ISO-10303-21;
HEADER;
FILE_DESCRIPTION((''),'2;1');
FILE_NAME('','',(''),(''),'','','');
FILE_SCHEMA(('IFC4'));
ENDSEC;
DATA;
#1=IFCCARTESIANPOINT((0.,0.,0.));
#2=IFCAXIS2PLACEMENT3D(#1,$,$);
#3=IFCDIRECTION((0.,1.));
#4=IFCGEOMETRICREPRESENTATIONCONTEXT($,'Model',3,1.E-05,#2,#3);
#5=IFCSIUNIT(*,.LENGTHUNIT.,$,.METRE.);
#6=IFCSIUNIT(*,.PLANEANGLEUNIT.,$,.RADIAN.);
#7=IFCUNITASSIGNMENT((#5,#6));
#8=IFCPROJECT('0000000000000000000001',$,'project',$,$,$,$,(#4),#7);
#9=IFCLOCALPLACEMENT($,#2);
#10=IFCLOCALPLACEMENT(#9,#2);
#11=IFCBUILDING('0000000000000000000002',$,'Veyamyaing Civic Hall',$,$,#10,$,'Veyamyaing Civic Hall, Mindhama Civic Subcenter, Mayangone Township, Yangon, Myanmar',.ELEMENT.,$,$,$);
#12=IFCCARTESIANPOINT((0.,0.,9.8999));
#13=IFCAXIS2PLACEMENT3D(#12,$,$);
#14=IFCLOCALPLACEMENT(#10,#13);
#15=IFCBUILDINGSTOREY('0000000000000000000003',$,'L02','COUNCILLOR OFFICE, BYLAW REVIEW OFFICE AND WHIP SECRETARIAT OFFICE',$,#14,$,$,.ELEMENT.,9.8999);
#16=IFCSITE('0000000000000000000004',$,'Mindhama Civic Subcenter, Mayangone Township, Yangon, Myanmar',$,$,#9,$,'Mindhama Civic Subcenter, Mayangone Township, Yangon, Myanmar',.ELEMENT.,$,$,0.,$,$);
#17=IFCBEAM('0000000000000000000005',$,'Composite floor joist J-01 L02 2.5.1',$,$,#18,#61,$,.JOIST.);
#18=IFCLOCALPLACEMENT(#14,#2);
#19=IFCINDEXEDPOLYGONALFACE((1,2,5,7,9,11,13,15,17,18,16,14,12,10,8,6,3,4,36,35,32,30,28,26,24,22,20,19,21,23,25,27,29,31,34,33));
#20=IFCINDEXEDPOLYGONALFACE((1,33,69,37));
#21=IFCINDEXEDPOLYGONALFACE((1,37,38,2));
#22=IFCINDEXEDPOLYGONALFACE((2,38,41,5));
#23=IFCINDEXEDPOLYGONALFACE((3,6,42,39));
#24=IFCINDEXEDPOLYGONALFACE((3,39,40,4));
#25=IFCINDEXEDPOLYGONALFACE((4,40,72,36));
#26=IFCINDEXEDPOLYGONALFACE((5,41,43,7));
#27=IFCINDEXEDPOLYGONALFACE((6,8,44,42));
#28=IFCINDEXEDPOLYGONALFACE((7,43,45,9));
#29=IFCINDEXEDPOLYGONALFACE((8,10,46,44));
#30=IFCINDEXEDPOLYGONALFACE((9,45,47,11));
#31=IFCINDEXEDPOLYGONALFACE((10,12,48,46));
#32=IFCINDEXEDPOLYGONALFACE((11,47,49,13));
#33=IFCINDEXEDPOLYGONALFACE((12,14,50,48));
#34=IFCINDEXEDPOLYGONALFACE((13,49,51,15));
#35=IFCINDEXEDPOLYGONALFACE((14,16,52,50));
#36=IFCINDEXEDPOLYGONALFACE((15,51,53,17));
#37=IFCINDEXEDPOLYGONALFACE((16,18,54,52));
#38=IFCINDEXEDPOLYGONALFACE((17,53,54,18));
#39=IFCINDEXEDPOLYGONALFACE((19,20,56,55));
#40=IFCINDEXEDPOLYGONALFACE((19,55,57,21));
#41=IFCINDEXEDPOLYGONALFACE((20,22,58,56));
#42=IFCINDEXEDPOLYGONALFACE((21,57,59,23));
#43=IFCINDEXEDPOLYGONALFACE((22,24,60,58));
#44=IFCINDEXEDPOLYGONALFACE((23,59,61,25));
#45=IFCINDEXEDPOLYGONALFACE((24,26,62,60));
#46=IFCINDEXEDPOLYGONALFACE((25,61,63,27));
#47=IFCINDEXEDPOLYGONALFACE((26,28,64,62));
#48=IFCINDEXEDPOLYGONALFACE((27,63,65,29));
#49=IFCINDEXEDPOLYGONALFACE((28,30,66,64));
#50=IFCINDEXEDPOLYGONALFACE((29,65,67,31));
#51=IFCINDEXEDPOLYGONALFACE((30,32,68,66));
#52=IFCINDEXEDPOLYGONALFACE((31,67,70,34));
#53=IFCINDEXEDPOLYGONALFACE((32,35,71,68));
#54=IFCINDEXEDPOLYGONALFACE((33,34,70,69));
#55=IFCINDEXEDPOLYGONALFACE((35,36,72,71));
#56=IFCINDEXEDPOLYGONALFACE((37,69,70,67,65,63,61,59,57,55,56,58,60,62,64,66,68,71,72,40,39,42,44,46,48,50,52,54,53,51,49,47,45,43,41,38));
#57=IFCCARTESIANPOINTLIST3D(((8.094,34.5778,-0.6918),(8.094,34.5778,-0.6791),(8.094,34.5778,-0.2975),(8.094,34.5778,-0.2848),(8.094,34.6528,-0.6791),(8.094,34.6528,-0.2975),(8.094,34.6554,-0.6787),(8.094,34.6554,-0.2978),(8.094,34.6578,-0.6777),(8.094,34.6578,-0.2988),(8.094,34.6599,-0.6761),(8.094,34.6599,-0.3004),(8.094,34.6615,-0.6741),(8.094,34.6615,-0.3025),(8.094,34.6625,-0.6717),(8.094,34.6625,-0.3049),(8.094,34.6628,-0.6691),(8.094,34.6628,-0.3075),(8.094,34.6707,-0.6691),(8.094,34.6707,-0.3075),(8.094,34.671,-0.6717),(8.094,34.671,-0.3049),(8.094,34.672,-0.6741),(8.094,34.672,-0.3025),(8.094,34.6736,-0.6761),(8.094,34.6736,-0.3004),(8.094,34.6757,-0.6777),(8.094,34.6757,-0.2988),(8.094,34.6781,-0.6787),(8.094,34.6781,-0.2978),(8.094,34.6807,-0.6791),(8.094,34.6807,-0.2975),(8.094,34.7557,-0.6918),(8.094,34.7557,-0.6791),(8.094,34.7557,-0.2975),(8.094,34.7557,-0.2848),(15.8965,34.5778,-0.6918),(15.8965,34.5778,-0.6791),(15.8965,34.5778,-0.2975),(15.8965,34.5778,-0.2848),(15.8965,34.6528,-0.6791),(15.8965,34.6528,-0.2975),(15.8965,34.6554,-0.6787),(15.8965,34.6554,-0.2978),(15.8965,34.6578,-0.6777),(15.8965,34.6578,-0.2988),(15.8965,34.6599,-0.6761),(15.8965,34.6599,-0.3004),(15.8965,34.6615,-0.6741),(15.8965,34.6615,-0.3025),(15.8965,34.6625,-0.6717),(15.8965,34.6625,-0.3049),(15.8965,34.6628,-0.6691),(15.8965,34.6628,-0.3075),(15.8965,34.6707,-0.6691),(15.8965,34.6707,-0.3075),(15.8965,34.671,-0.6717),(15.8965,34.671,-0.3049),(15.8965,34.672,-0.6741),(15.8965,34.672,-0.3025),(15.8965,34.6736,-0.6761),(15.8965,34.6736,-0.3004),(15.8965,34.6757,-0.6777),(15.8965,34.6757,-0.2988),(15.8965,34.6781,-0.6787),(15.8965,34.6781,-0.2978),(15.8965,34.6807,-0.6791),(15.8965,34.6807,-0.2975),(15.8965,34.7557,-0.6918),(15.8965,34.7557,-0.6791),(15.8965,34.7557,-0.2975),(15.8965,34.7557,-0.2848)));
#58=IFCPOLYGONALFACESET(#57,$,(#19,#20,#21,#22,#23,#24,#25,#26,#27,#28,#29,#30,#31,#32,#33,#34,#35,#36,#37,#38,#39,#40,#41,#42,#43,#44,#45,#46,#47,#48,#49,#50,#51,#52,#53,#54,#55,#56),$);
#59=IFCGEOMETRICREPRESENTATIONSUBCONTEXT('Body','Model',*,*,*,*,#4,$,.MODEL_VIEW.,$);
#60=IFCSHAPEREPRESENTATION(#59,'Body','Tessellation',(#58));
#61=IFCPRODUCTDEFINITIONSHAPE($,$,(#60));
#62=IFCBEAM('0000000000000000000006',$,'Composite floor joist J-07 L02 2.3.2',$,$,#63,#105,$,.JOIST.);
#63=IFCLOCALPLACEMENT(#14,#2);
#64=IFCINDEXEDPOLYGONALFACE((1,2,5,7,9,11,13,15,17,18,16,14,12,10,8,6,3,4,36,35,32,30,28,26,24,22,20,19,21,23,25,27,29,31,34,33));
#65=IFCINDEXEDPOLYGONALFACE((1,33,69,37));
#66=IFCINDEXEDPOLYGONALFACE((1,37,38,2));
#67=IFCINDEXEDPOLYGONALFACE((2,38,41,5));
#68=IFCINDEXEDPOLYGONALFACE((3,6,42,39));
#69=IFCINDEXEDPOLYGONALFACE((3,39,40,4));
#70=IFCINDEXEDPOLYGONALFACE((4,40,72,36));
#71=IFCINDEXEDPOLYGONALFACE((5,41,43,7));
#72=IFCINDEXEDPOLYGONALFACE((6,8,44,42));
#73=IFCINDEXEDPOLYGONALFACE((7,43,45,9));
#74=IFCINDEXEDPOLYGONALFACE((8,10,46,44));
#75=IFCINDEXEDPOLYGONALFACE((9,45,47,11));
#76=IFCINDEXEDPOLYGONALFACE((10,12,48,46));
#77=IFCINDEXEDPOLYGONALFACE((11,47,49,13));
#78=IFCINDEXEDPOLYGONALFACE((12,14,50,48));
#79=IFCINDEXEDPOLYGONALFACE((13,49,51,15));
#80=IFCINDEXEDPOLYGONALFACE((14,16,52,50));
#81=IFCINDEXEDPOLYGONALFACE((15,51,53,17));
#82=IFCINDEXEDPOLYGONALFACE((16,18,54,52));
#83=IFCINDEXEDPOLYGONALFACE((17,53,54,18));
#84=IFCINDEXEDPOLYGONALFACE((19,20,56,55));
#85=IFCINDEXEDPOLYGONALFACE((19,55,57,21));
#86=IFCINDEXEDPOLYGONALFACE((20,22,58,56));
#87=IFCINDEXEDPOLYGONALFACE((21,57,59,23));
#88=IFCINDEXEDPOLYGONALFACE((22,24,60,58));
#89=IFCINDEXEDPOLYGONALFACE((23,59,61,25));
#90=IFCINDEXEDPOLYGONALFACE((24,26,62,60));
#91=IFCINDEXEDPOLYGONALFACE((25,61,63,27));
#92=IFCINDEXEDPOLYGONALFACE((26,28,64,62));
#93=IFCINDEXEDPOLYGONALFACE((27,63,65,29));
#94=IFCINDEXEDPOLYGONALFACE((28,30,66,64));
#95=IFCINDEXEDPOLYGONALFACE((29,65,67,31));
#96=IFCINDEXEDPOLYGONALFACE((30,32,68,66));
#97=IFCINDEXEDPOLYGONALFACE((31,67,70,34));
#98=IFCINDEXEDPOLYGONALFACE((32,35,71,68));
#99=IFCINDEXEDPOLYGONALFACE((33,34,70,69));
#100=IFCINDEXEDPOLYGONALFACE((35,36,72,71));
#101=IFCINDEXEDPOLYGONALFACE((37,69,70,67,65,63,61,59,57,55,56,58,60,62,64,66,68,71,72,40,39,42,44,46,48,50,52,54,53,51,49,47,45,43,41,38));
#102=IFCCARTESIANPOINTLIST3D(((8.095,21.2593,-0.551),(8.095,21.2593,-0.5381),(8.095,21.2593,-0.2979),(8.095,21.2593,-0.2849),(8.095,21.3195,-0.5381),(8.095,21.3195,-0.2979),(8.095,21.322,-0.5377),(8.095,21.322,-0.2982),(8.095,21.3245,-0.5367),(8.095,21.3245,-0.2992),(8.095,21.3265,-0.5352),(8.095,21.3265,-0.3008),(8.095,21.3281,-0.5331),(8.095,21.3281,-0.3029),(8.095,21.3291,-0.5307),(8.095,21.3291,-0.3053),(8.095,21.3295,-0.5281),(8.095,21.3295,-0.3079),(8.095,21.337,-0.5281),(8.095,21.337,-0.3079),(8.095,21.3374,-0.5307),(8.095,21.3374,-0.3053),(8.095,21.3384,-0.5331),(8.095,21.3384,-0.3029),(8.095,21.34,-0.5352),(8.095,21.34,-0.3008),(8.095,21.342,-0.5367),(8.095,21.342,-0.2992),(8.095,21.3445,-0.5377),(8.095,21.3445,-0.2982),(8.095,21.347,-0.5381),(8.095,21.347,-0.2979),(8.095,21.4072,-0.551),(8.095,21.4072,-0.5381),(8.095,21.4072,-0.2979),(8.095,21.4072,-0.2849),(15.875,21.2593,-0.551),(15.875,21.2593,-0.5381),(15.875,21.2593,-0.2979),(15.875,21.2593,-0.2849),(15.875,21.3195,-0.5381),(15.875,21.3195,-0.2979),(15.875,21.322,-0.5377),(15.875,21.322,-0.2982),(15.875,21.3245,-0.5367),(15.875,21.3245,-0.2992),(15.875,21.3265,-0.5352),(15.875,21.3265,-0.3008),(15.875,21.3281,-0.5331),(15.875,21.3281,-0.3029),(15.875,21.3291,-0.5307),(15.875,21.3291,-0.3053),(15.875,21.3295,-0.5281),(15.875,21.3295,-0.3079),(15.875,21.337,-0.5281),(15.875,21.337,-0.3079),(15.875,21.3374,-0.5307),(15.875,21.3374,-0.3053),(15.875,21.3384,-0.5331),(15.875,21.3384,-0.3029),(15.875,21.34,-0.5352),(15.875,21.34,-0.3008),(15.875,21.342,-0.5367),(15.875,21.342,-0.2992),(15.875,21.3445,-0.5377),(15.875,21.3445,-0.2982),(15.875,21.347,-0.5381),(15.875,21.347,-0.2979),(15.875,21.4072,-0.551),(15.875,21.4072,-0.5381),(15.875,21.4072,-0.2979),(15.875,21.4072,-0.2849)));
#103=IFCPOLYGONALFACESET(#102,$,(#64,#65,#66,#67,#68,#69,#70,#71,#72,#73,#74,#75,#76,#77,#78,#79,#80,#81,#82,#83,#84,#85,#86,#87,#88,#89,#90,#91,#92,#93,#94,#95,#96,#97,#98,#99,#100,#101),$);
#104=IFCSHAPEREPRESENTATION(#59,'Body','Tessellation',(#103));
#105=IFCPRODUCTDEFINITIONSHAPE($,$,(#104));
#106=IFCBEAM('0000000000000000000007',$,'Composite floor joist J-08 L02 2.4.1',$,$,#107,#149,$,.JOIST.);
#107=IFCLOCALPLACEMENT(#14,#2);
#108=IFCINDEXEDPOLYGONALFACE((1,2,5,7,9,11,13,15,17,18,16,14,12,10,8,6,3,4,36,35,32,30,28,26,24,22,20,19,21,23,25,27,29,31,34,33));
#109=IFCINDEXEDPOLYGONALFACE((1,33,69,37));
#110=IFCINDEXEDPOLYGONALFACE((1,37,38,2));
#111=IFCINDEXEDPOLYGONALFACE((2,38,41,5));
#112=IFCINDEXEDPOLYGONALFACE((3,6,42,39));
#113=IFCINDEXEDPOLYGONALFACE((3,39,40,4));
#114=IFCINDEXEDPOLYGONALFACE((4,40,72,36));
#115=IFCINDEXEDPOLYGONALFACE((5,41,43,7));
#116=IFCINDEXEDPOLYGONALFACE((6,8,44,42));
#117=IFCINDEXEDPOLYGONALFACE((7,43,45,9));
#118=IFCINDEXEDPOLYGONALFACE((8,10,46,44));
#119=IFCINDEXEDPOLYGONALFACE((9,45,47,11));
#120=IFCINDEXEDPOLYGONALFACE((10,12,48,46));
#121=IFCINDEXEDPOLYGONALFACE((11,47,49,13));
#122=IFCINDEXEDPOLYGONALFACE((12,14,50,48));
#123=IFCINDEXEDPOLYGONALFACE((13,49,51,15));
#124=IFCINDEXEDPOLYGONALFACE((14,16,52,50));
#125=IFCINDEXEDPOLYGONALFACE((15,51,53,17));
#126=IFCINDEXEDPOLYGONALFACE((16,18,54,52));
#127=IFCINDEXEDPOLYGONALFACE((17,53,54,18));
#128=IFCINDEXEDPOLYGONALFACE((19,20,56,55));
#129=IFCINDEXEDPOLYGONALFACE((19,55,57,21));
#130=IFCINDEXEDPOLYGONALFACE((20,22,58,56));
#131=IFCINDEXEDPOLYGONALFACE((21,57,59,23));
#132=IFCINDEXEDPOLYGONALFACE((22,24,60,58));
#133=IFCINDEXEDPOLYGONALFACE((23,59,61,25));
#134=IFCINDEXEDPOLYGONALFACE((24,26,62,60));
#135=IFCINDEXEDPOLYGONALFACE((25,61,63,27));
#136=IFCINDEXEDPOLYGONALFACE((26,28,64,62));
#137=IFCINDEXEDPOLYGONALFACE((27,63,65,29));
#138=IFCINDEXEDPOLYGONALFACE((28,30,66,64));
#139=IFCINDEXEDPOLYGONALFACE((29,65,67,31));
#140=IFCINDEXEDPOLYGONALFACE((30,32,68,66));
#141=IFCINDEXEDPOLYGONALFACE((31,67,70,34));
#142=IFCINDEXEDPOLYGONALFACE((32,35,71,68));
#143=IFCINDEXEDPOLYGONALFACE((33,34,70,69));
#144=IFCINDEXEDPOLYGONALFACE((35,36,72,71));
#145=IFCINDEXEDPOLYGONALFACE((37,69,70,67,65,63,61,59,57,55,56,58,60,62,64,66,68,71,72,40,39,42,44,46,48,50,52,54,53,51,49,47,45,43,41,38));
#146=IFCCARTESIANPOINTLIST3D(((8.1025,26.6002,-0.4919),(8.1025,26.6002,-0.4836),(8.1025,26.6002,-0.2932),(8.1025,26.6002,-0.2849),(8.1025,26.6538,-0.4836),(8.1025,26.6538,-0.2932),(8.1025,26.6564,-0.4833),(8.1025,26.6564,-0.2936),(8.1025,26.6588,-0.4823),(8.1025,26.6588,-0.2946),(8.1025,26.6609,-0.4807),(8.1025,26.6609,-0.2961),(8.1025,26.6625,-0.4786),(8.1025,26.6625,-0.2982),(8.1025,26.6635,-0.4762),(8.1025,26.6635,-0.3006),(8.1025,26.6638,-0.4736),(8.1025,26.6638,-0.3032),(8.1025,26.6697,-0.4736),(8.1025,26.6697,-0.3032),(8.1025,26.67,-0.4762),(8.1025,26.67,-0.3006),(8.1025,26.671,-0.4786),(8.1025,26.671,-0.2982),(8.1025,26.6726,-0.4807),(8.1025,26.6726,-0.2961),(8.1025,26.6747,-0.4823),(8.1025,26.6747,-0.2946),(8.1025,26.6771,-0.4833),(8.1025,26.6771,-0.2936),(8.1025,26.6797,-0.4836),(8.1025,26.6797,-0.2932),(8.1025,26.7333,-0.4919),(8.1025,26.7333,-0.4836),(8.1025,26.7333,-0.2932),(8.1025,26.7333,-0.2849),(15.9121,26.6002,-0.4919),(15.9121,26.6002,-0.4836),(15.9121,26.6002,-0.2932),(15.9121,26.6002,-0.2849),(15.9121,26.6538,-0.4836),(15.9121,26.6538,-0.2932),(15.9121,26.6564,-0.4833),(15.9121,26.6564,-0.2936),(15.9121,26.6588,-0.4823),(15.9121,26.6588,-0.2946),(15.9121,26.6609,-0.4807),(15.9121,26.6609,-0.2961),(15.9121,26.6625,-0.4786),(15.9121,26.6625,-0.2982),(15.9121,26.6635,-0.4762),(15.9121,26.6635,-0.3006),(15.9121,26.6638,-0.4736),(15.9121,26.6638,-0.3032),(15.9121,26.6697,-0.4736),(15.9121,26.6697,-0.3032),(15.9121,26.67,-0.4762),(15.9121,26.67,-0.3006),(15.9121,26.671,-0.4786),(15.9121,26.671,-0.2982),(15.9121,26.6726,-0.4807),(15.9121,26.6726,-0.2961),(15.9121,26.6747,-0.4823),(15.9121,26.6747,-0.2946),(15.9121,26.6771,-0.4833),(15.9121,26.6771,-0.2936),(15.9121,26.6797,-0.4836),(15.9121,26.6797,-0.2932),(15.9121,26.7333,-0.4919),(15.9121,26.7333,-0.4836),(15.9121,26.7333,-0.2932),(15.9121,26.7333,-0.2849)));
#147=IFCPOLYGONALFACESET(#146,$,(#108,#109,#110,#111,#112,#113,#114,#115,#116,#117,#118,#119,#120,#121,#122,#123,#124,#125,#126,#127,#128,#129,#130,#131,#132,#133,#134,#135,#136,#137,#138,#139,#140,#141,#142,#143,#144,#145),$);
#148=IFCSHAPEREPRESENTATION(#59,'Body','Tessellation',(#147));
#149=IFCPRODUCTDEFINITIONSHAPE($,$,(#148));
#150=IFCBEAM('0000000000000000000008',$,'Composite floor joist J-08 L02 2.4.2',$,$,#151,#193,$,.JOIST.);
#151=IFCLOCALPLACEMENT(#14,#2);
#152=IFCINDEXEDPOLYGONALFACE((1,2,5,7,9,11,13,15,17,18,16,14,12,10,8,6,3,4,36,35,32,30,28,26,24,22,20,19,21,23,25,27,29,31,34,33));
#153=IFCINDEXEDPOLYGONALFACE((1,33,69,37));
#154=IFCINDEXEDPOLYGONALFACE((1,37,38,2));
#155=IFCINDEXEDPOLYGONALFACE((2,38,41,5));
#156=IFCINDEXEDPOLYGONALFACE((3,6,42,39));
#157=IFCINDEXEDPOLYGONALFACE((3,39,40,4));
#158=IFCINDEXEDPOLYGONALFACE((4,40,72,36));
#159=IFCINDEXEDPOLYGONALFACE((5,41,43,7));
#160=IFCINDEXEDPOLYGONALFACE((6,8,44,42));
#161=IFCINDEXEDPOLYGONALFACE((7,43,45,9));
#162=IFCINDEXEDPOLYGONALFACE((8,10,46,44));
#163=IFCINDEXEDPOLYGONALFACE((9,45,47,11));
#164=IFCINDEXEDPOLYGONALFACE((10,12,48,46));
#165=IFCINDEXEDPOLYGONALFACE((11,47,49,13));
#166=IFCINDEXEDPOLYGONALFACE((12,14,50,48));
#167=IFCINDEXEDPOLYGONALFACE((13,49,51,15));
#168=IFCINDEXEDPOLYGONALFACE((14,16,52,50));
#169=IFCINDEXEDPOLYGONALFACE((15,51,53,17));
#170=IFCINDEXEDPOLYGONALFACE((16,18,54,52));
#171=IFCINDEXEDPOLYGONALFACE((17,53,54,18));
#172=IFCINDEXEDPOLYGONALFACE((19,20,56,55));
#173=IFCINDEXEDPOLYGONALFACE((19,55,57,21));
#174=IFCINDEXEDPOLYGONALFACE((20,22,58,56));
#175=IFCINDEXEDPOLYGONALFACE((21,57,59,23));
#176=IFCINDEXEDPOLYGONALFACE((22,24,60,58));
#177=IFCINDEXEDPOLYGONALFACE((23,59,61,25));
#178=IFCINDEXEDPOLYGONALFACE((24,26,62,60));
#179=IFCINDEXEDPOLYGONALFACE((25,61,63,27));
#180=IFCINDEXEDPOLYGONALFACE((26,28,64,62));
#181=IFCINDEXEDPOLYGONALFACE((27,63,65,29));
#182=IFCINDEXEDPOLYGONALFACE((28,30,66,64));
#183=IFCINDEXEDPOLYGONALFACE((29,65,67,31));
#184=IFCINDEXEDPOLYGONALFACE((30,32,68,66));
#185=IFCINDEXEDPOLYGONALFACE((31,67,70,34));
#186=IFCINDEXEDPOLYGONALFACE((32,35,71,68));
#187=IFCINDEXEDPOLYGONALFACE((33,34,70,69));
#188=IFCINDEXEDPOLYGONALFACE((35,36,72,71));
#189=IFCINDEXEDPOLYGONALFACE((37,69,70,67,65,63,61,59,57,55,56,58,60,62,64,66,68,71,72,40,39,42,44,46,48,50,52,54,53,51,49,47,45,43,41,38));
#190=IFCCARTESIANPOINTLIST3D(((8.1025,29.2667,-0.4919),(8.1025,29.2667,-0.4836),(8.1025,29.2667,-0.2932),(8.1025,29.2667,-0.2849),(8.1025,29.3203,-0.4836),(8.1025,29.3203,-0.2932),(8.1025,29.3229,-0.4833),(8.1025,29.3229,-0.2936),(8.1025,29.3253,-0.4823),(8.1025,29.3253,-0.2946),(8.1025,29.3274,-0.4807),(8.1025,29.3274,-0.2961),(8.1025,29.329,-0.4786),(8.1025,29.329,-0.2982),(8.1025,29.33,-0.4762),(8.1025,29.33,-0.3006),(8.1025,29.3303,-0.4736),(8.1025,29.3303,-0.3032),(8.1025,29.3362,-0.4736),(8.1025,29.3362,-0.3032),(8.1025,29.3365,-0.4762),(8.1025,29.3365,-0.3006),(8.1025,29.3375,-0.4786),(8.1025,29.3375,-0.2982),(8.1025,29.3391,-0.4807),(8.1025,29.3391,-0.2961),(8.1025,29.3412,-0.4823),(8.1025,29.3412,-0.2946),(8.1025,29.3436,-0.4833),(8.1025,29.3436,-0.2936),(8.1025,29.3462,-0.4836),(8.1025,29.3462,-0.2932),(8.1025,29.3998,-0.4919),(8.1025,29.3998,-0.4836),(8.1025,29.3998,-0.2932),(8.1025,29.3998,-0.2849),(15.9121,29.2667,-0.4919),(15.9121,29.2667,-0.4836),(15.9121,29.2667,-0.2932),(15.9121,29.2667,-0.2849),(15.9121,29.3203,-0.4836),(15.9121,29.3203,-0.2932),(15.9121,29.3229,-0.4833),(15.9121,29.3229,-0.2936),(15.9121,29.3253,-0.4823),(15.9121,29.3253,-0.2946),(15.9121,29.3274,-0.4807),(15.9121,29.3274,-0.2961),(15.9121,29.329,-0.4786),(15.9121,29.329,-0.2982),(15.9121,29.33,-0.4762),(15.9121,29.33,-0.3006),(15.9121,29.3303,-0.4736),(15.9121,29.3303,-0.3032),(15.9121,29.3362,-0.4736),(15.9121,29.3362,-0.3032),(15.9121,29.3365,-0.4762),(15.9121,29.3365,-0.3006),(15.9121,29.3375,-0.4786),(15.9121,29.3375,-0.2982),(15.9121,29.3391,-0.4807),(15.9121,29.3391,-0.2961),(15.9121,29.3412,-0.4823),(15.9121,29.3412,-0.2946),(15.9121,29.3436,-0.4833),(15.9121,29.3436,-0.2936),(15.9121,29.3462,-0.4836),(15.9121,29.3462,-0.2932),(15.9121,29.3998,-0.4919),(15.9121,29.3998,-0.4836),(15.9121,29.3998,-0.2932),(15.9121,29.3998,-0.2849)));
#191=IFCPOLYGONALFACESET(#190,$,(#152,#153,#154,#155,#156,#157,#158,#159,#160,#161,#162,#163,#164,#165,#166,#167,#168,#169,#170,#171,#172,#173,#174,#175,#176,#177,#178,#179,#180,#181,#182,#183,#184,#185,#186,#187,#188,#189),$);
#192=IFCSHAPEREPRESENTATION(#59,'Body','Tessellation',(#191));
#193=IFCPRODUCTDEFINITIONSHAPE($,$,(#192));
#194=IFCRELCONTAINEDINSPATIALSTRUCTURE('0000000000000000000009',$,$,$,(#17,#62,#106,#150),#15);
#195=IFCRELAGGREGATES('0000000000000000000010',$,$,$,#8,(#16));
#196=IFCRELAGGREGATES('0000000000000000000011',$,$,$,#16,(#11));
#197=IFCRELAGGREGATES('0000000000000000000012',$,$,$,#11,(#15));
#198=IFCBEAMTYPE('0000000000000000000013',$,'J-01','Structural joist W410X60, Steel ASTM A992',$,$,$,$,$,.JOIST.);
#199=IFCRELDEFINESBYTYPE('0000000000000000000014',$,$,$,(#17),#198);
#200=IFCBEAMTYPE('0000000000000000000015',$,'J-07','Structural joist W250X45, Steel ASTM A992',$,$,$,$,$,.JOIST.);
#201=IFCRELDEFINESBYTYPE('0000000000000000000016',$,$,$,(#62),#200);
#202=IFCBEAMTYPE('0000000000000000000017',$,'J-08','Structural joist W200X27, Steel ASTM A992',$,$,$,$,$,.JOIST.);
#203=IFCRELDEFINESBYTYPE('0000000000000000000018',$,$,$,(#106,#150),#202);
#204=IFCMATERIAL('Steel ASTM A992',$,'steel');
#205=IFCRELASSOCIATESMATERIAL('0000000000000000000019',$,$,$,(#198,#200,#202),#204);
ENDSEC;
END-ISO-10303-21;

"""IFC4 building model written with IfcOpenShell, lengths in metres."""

from ifc_helpers import new_model, si_unit, direction, frame, origin, origin_2d, place, context, subcontext, project, spatial, i_section, extrude, material, material_profile, profile_set, type_object, element, save


model = new_model("IFC4")

# Units and contexts
model_context = context("Model", 3, precision=1e-05, world=origin(), true_north=direction((0.0, 1.0)))
body_context = subcontext(model_context, "Body", "Model", "MODEL_VIEW")
ifc_project = project(units=[si_unit("LENGTHUNIT", "METRE"), si_unit("PLANEANGLEUNIT", "RADIAN")], contexts=[model_context])

# Site, building, storey
site_placement = place(None, origin())
site = spatial("IfcSite", under=ifc_project, at=site_placement, Name="Mindhama Civic Subcenter, Mayangone Township, Yangon, Myanmar", LongName="Mindhama Civic Subcenter, Mayangone Township, Yangon, Myanmar", CompositionType="ELEMENT", RefElevation=0.0)
building_placement = place(site_placement, origin())
building = spatial("IfcBuilding", under=site, at=building_placement, Name="Veyamyaing Civic Hall", LongName="Veyamyaing Civic Hall, Mindhama Civic Subcenter, Mayangone Township, Yangon, Myanmar", CompositionType="ELEMENT")
storey_placement = place(building_placement, frame((0.0, 0.0, 9.8999)))
storey = spatial("IfcBuildingStorey", under=building, at=storey_placement, Name="L02", Description="COUNCILLOR OFFICE, BYLAW REVIEW OFFICE AND WHIP SECRETARIAT OFFICE", CompositionType="ELEMENT", Elevation=9.8999)

# Shared definitions
ifc_material_1 = material(Name="Steel ASTM A992", Category="steel")

# Beams
ifc_material_profile_1 = material_profile(ifc_material_1, i_section(OverallWidth=0.178, OverallDepth=0.407, WebThickness=0.0078, FlangeThickness=0.0127, FilletRadius=0.01, at=origin_2d()), Name="W410X60")
ifc_profile_set_1 = profile_set([ifc_material_profile_1], Name="Steel ASTM A992")
beam_type_1 = type_object("IfcBeamType", Name="J-01", Description="Structural joist W410X60, Steel ASTM A992", PredefinedType="JOIST", material=ifc_profile_set_1)
beam_1_placement = place(storey_placement, frame((8.094, 34.6667, -0.4883), z_axis=(1.0, 0.0, 0.0), x_axis=(0.0, 1.0, 0.0)))
element("IfcBeam", 1, at=beam_1_placement, inside=storey, type_object=beam_type_1, Name="Composite floor joist J-01 L02 2.5.1", PredefinedType="JOIST", context=body_context, shape_type="SweptSolid", body=[
    extrude(i_section(OverallWidth=0.178, OverallDepth=0.407, WebThickness=0.0078, FlangeThickness=0.0127, FilletRadius=0.01, at=origin_2d()), origin(), (0.0, 0.0, 1.0), 7.8025),
])
ifc_material_profile_2 = material_profile(ifc_material_1, i_section(OverallWidth=0.1479, OverallDepth=0.2661, WebThickness=0.0076, FlangeThickness=0.0129, FilletRadius=0.01, at=origin_2d()), Name="W250X45")
ifc_profile_set_2 = profile_set([ifc_material_profile_2], Name="Steel ASTM A992")
beam_type_2 = type_object("IfcBeamType", Name="J-07", Description="Structural joist W250X45, Steel ASTM A992", PredefinedType="JOIST", material=ifc_profile_set_2)
beam_2_placement = place(storey_placement, frame((8.095, 21.3333, -0.418), z_axis=(1.0, 0.0, 0.0), x_axis=(0.0, 1.0, 0.0)))
element("IfcBeam", 2, at=beam_2_placement, inside=storey, type_object=beam_type_2, Name="Composite floor joist J-07 L02 2.3.2", PredefinedType="JOIST", context=body_context, shape_type="SweptSolid", body=[
    extrude(i_section(OverallWidth=0.1479, OverallDepth=0.2661, WebThickness=0.0076, FlangeThickness=0.0129, FilletRadius=0.01, at=origin_2d()), origin(), (0.0, 0.0, 1.0), 7.78),
])
ifc_material_profile_3 = material_profile(ifc_material_1, i_section(OverallWidth=0.1331, OverallDepth=0.207, WebThickness=0.0059, FlangeThickness=0.0083, FilletRadius=0.01, at=origin_2d()), Name="W200X27")
ifc_profile_set_3 = profile_set([ifc_material_profile_3], Name="Steel ASTM A992")
beam_type_3 = type_object("IfcBeamType", Name="J-08", Description="Structural joist W200X27, Steel ASTM A992", PredefinedType="JOIST", material=ifc_profile_set_3)
for number, where, z_axis, x_axis, name in (
    (3, (8.1025, 26.6667, -0.3884), (1.0, 0.0, 0.0), (0.0, 1.0, 0.0), "Composite floor joist J-08 L02 2.4.1"),
    (4, (8.1025, 29.3333, -0.3884), (1.0, 0.0, 0.0), (0.0, 1.0, 0.0), "Composite floor joist J-08 L02 2.4.2"),
):
    element("IfcBeam", number, at=place(storey_placement, frame(where, z_axis=z_axis, x_axis=x_axis)), inside=storey, type_object=beam_type_3, Name=name, PredefinedType="JOIST", context=body_context, shape_type="SweptSolid", body=[
        extrude(i_section(OverallWidth=0.1331, OverallDepth=0.207, WebThickness=0.0059, FlangeThickness=0.0083, FilletRadius=0.01, at=origin_2d()), origin(), (0.0, 0.0, 1.0), 7.8096),
    ])

save(model, "model.ifc")
